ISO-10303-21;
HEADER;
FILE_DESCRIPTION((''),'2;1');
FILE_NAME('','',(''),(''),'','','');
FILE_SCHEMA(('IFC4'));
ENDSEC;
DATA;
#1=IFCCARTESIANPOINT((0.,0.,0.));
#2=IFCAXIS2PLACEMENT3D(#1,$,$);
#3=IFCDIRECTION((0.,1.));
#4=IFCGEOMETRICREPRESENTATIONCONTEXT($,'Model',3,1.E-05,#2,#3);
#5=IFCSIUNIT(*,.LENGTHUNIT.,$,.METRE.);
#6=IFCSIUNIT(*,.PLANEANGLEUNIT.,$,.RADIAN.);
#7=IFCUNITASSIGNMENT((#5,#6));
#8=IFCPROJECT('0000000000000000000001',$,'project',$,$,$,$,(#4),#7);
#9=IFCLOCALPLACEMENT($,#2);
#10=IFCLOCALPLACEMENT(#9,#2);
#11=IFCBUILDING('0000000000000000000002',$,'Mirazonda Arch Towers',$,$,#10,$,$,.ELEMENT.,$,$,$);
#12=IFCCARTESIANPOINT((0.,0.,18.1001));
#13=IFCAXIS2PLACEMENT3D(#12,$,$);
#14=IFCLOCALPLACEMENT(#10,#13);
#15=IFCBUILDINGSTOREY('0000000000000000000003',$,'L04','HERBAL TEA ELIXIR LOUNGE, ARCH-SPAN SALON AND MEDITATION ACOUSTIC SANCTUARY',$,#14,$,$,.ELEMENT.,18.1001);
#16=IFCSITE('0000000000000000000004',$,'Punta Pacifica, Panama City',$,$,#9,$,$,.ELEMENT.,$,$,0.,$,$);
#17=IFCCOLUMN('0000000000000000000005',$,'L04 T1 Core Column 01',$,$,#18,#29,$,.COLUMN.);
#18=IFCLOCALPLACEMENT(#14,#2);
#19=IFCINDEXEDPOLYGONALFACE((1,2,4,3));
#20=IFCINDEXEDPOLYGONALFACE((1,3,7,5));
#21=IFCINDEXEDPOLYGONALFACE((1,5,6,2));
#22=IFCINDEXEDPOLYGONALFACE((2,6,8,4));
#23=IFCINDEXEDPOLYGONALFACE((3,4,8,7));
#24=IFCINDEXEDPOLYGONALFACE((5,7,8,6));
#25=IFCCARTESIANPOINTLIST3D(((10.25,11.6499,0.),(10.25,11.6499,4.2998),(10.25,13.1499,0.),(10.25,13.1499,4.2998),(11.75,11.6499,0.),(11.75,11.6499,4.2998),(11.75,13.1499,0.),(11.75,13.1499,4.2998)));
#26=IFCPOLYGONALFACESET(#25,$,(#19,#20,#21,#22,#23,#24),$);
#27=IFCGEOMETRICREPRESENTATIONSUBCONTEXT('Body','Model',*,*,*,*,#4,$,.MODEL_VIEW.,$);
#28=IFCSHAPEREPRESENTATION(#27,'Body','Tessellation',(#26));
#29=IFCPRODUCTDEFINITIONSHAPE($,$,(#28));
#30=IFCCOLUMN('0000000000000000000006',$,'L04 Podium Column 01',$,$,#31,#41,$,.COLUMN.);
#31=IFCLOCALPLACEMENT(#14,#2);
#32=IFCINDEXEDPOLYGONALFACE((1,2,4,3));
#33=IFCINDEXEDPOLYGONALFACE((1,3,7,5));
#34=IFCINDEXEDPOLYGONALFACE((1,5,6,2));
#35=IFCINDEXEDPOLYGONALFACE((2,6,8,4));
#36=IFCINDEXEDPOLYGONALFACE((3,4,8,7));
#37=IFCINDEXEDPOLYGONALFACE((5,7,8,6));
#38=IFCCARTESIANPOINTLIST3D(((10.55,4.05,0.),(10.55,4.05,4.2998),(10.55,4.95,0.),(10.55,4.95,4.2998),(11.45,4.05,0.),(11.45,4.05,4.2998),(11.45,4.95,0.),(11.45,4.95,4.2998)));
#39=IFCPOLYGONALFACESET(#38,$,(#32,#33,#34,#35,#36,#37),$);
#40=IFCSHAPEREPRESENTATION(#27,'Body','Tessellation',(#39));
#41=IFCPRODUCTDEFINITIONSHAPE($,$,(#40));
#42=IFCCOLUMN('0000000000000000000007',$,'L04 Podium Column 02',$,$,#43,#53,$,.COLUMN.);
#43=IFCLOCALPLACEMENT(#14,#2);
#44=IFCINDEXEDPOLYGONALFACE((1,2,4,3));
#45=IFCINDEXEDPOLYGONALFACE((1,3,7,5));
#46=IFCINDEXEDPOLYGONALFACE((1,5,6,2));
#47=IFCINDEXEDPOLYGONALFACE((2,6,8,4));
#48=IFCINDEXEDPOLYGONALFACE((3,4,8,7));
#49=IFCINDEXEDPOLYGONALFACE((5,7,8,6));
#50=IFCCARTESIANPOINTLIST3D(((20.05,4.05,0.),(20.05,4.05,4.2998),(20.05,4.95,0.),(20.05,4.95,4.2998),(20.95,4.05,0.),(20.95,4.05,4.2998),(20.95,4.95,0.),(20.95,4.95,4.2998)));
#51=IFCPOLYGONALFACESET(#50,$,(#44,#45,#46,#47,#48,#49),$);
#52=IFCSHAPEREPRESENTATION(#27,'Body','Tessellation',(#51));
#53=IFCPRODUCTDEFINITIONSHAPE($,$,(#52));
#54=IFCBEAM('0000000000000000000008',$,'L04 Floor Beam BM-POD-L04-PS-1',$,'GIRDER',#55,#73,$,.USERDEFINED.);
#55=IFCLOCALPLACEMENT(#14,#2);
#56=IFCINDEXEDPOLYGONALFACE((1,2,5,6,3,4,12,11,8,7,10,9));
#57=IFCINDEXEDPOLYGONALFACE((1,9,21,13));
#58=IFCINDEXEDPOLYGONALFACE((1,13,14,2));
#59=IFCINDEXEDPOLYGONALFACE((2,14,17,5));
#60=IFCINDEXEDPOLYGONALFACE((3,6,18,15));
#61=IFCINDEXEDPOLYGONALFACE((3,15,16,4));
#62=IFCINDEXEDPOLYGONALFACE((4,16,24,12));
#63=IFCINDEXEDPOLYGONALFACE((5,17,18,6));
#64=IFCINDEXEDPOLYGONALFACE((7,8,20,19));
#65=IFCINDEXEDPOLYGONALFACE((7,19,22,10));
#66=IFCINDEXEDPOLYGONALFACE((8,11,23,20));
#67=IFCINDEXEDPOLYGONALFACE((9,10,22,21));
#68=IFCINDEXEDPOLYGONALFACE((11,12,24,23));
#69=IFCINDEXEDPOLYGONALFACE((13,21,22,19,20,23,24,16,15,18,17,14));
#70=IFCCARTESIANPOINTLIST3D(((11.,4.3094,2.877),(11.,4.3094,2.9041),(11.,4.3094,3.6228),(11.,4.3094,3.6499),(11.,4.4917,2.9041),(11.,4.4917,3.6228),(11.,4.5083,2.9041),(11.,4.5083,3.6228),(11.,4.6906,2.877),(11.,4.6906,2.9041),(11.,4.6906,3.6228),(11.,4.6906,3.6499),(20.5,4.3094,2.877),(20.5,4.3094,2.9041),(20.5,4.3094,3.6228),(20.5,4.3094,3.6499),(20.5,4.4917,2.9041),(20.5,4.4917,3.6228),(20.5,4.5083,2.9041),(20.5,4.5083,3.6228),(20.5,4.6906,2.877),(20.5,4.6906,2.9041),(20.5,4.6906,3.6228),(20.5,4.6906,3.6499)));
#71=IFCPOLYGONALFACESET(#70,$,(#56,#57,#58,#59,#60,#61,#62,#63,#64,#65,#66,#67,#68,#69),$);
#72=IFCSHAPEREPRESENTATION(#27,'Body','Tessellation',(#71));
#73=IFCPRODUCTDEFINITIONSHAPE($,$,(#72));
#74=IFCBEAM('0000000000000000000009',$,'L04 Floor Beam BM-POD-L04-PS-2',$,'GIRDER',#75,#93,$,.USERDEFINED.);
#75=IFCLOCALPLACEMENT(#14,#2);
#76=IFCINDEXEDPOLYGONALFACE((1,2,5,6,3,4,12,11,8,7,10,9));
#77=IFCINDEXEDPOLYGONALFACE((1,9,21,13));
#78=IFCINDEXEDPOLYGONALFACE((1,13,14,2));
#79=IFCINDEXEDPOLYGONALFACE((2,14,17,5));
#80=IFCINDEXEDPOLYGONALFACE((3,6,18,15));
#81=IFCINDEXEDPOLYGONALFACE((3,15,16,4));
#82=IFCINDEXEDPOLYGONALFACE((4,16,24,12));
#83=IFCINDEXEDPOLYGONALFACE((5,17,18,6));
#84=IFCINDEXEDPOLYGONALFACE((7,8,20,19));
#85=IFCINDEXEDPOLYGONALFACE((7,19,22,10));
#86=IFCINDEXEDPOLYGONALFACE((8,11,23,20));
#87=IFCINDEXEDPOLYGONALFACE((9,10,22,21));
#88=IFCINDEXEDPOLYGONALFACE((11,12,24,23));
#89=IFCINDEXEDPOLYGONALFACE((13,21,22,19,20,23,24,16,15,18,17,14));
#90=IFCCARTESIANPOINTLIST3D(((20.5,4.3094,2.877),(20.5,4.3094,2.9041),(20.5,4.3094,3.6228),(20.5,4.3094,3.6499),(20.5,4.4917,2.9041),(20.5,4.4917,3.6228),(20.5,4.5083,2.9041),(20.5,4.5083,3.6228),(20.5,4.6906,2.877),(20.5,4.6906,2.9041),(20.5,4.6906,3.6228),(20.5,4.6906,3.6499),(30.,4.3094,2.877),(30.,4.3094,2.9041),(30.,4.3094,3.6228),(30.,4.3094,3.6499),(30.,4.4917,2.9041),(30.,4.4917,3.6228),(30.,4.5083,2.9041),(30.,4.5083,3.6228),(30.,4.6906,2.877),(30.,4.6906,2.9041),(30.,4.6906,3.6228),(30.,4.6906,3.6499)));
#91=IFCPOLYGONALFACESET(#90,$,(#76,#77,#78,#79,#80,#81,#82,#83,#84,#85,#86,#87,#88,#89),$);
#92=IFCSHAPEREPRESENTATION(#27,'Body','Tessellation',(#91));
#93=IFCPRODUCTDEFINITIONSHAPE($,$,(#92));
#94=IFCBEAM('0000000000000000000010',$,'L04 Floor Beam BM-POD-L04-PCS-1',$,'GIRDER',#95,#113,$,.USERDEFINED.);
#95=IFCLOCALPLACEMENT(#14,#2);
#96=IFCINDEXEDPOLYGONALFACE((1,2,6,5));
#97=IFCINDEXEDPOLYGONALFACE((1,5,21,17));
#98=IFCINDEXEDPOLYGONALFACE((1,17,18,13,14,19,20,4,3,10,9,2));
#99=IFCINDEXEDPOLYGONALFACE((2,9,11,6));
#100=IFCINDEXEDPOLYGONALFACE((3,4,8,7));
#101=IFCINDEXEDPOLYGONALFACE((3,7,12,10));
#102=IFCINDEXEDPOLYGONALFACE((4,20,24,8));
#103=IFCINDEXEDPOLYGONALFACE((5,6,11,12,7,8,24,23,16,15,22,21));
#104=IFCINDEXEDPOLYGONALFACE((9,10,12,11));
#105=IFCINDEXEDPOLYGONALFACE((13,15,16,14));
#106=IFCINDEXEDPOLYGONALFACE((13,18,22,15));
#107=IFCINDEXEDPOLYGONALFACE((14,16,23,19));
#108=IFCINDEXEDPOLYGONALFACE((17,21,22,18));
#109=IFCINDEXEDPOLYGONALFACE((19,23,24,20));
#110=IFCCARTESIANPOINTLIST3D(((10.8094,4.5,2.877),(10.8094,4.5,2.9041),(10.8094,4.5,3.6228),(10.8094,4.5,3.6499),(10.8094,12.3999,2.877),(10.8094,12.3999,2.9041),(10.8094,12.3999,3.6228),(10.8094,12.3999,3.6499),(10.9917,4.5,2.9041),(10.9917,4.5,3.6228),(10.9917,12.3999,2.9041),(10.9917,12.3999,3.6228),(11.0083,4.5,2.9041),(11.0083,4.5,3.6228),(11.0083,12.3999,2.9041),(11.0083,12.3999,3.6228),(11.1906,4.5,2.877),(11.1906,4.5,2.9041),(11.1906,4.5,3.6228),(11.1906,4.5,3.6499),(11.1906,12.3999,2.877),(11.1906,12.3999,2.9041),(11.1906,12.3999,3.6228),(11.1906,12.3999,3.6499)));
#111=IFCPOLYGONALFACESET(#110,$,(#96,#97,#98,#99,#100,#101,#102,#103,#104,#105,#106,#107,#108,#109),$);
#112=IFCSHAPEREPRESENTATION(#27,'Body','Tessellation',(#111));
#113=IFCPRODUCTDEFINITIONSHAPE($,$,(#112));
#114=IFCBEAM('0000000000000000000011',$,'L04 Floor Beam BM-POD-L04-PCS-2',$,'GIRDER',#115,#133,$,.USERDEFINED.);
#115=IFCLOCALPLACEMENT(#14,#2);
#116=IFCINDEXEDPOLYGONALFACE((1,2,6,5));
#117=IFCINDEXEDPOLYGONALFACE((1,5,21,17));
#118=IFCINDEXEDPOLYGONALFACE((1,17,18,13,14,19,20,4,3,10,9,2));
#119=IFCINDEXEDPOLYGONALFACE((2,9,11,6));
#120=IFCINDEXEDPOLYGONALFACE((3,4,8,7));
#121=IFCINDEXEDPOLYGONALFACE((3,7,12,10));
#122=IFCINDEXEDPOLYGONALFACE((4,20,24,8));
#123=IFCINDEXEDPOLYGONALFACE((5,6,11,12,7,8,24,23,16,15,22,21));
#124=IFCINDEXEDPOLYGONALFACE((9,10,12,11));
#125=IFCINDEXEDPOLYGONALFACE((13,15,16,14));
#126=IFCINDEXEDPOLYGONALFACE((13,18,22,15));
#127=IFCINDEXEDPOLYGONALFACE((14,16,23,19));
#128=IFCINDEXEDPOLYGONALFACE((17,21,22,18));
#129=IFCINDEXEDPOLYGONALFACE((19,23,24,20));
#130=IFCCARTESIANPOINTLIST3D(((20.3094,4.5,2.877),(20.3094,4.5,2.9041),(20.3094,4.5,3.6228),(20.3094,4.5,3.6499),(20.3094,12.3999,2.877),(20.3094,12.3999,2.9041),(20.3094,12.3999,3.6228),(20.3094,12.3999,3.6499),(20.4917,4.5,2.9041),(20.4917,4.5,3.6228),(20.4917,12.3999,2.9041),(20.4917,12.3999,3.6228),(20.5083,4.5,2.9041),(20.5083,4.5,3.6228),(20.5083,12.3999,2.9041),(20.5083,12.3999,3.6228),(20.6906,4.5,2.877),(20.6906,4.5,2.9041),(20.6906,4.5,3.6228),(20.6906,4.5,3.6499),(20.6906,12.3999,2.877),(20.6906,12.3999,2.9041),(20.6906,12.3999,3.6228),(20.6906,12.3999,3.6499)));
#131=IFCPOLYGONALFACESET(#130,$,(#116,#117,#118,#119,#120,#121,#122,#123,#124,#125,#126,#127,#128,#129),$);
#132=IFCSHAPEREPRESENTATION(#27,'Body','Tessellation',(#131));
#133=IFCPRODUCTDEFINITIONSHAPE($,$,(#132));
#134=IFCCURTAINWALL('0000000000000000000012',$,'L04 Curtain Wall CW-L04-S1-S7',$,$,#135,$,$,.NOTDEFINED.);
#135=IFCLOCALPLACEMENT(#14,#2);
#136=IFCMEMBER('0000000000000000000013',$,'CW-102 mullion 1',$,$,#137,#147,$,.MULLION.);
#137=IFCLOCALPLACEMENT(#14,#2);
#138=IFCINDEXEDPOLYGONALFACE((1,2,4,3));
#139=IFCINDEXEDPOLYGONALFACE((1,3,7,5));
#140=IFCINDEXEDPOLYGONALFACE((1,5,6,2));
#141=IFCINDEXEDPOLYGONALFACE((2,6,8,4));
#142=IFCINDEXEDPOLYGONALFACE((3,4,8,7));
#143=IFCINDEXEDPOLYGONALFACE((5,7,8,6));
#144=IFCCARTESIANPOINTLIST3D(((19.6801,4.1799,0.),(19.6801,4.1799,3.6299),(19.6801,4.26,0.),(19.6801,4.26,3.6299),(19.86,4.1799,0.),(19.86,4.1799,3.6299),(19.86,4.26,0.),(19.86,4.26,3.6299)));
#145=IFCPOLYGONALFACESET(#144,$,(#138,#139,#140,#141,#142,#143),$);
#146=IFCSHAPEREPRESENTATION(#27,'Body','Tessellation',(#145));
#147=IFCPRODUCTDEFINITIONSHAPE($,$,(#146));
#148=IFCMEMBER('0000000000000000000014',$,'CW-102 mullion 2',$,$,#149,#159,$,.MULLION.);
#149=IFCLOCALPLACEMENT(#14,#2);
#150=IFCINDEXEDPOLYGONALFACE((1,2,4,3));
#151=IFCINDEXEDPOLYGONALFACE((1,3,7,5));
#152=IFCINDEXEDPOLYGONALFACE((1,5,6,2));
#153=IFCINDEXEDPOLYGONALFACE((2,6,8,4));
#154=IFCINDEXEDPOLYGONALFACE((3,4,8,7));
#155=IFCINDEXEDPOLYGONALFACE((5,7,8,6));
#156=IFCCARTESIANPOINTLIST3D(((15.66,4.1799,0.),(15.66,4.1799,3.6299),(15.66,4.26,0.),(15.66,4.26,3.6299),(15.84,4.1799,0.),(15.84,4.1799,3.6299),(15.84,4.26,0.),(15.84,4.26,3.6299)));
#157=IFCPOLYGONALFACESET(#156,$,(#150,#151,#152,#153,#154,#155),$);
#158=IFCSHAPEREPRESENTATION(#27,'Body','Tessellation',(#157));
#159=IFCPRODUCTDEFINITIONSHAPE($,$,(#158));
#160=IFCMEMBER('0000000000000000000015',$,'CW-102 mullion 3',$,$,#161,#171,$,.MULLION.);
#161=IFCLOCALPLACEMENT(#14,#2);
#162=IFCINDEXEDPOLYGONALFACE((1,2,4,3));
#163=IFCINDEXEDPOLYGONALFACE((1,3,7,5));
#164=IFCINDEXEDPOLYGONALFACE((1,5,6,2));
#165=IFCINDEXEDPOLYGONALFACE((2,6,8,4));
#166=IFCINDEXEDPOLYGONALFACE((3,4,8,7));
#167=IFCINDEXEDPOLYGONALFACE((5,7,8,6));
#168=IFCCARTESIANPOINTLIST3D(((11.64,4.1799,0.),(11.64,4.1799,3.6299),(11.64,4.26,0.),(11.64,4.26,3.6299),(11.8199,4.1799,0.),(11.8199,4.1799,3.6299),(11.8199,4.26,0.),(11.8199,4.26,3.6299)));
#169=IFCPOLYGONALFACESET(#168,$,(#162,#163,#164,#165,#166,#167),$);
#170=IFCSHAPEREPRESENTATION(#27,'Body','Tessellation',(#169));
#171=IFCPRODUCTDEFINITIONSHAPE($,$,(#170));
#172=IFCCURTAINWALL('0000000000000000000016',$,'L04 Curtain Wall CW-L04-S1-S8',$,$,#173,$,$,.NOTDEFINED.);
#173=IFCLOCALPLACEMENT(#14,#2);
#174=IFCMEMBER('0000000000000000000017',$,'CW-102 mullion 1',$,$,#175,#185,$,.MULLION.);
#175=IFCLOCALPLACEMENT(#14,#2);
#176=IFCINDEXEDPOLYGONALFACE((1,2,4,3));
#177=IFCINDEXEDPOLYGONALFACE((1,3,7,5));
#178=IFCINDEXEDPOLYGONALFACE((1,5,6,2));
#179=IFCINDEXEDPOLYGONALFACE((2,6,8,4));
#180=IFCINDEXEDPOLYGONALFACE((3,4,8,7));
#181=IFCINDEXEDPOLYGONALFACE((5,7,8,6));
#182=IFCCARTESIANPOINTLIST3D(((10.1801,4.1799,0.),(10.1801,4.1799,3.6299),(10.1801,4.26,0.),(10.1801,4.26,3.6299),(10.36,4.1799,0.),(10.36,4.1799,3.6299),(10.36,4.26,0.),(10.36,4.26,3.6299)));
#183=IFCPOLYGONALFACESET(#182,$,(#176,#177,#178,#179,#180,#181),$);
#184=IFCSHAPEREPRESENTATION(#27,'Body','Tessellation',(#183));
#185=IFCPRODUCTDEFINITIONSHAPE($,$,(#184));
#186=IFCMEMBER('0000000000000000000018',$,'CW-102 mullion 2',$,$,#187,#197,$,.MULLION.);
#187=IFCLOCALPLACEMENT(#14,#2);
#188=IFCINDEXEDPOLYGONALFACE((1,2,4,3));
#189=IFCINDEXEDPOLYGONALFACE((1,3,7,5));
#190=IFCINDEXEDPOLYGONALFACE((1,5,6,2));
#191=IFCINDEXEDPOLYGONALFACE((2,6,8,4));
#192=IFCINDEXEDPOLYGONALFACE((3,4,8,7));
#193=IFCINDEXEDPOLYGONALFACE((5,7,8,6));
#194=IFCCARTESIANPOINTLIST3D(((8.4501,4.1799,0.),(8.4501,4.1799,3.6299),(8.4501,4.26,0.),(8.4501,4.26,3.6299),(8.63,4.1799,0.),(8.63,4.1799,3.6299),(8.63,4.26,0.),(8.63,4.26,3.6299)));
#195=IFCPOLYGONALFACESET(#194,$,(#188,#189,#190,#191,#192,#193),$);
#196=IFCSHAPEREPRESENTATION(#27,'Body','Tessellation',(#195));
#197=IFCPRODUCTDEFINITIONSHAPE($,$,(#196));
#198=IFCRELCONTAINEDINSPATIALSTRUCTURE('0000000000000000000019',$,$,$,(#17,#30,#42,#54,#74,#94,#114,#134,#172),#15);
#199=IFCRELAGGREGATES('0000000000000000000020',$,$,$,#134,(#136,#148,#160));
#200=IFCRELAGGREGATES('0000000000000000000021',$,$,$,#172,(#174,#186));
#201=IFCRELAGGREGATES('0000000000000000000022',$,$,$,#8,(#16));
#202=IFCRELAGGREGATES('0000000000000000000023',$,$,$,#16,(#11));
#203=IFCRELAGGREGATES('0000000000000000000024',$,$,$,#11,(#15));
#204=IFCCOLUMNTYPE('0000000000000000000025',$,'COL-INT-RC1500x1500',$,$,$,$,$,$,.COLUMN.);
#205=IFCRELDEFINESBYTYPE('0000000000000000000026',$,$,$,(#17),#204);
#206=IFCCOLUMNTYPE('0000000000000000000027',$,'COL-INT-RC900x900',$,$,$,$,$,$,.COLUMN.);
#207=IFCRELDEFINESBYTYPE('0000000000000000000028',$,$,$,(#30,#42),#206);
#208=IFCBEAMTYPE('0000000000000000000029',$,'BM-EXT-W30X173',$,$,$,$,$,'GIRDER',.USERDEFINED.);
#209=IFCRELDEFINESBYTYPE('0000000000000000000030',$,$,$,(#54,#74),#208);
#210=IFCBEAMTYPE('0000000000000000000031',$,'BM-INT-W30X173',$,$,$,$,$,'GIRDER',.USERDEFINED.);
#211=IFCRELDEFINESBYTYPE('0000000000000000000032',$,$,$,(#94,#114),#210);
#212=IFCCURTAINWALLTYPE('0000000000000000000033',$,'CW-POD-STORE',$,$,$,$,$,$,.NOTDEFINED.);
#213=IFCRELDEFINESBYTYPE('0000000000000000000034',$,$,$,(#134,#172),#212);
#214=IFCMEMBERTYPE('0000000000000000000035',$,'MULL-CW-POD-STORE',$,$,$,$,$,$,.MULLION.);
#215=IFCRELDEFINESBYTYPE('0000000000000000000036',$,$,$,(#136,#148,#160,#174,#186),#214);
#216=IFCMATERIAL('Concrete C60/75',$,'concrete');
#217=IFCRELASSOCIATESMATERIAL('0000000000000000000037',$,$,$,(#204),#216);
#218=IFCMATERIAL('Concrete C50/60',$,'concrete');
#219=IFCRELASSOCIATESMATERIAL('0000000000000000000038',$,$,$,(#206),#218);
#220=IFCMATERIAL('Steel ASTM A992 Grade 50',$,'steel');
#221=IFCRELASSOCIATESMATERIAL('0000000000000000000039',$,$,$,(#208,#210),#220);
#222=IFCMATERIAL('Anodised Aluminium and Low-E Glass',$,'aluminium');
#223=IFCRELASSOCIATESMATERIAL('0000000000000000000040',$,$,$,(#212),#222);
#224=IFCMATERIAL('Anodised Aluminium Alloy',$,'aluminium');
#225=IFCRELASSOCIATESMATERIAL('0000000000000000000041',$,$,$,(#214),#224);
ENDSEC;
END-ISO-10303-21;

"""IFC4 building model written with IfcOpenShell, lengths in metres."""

from ifc_helpers import new_model, si_unit, direction, frame, origin, origin_2d, place, context, subcontext, project, spatial, rectangle, i_section, extrude, material, material_profile, profile_set, type_object, element, aggregate, save


model = new_model("IFC4")

# Units and contexts
model_context = context("Model", 3, precision=1e-05, world=origin(), true_north=direction((0.0, 1.0)))
body_context = subcontext(model_context, "Body", "Model", "MODEL_VIEW")
ifc_project = project(units=[si_unit("LENGTHUNIT", "METRE"), si_unit("PLANEANGLEUNIT", "RADIAN")], contexts=[model_context])

# Site, building, storey
site_placement = place(None, origin())
site = spatial("IfcSite", under=ifc_project, at=site_placement, Name="Punta Pacifica, Panama City", CompositionType="ELEMENT", RefElevation=0.0)
building_placement = place(site_placement, origin())
building = spatial("IfcBuilding", under=site, at=building_placement, Name="Mirazonda Arch Towers", CompositionType="ELEMENT")
storey_placement = place(building_placement, frame((0.0, 0.0, 18.1001)))
storey = spatial("IfcBuildingStorey", under=building, at=storey_placement, Name="L04", Description="HERBAL TEA ELIXIR LOUNGE, ARCH-SPAN SALON AND MEDITATION ACOUSTIC SANCTUARY", CompositionType="ELEMENT", Elevation=18.1001)

# Columns
ifc_material_1 = material(Name="Concrete C60/75", Category="concrete")
ifc_material_profile_1 = material_profile(ifc_material_1, rectangle(XDim=1.5, YDim=1.5, at=origin_2d()), Name="RC1500x1500")
ifc_profile_set_1 = profile_set([ifc_material_profile_1], Name="Concrete C60/75")
column_type_1 = type_object("IfcColumnType", Name="COL-INT-RC1500x1500", PredefinedType="COLUMN", material=ifc_profile_set_1)
column_placement = place(storey_placement, frame((11.0, 12.3999, 0.0), z_axis=(0.0, 0.0, 1.0), x_axis=(1.0, 0.0, 0.0)))
element("IfcColumn", 1, at=column_placement, inside=storey, type_object=column_type_1, Name="L04 T1 Core Column 01", PredefinedType="COLUMN", context=body_context, shape_type="SweptSolid", body=[
    extrude(rectangle(XDim=1.5, YDim=1.5, at=origin_2d()), origin(), (0.0, 0.0, 1.0), 4.2998),
])
ifc_material_2 = material(Name="Concrete C50/60", Category="concrete")
ifc_material_profile_2 = material_profile(ifc_material_2, rectangle(XDim=0.8999, YDim=0.8999, at=origin_2d()), Name="RC900x900")
ifc_profile_set_2 = profile_set([ifc_material_profile_2], Name="Concrete C50/60")
column_type_2 = type_object("IfcColumnType", Name="COL-INT-RC900x900", PredefinedType="COLUMN", material=ifc_profile_set_2)
for number, where, z_axis, x_axis, name in (
    (2, (11.0, 4.5, 0.0), (0.0, 0.0, 1.0), (1.0, 0.0, 0.0), "L04 Podium Column 01"),
    (3, (20.5, 4.5, 0.0), (0.0, 0.0, 1.0), (1.0, 0.0, 0.0), "L04 Podium Column 02"),
):
    element("IfcColumn", number, at=place(storey_placement, frame(where, z_axis=z_axis, x_axis=x_axis)), inside=storey, type_object=column_type_2, Name=name, PredefinedType="COLUMN", context=body_context, shape_type="SweptSolid", body=[
        extrude(rectangle(XDim=0.8999, YDim=0.8999, at=origin_2d()), origin(), (0.0, 0.0, 1.0), 4.2998),
    ])

# Beams
ifc_material_3 = material(Name="Steel ASTM A992 Grade 50", Category="steel")
ifc_material_profile_3 = material_profile(ifc_material_3, i_section(OverallWidth=0.3811, OverallDepth=0.7729, WebThickness=0.0166, FlangeThickness=0.0271, at=origin_2d()), Name="W30X173")
ifc_profile_set_3 = profile_set([ifc_material_profile_3], Name="Steel ASTM A992 Grade 50")
beam_type_1 = type_object("IfcBeamType", Name="BM-EXT-W30X173", ElementType="GIRDER", PredefinedType="USERDEFINED", material=ifc_profile_set_3)
for number, where, z_axis, x_axis, name in (
    (4, (11.0, 4.5, 3.2634), (1.0, 0.0, 0.0), (0.0, 1.0, 0.0), "L04 Floor Beam BM-POD-L04-PS-1"),
    (5, (20.5, 4.5, 3.2634), (1.0, 0.0, 0.0), (0.0, 1.0, 0.0), "L04 Floor Beam BM-POD-L04-PS-2"),
):
    element("IfcBeam", number, at=place(storey_placement, frame(where, z_axis=z_axis, x_axis=x_axis)), inside=storey, type_object=beam_type_1, Name=name, ObjectType="GIRDER", PredefinedType="USERDEFINED", context=body_context, shape_type="SweptSolid", body=[
        extrude(i_section(OverallWidth=0.3811, OverallDepth=0.7729, WebThickness=0.0166, FlangeThickness=0.0271, at=origin_2d()), origin(), (0.0, 0.0, 1.0), 9.5),
    ])
ifc_material_profile_4 = material_profile(ifc_material_3, i_section(OverallWidth=0.3811, OverallDepth=0.7729, WebThickness=0.0166, FlangeThickness=0.0271, at=origin_2d()), Name="W30X173")
ifc_profile_set_4 = profile_set([ifc_material_profile_4], Name="Steel ASTM A992 Grade 50")
beam_type_2 = type_object("IfcBeamType", Name="BM-INT-W30X173", ElementType="GIRDER", PredefinedType="USERDEFINED", material=ifc_profile_set_4)
for number, where, z_axis, x_axis, name in (
    (6, (11.0, 4.5, 3.2634), (0.0, 1.0, 0.0), (-1.0, 0.0, 0.0), "L04 Floor Beam BM-POD-L04-PCS-1"),
    (7, (20.5, 4.5, 3.2634), (0.0, 1.0, 0.0), (-1.0, 0.0, 0.0), "L04 Floor Beam BM-POD-L04-PCS-2"),
):
    element("IfcBeam", number, at=place(storey_placement, frame(where, z_axis=z_axis, x_axis=x_axis)), inside=storey, type_object=beam_type_2, Name=name, ObjectType="GIRDER", PredefinedType="USERDEFINED", context=body_context, shape_type="SweptSolid", body=[
        extrude(i_section(OverallWidth=0.3811, OverallDepth=0.7729, WebThickness=0.0166, FlangeThickness=0.0271, at=origin_2d()), origin(), (0.0, 0.0, 1.0), 7.8999),
    ])

# Curtain walls, members
ifc_material_4 = material(Name="Anodised Aluminium and Low-E Glass", Category="aluminium")
curtain_wall_type = type_object("IfcCurtainWallType", Name="CW-POD-STORE", PredefinedType="NOTDEFINED", material=ifc_material_4)
curtain_wall_1_placement = place(storey_placement, origin())
curtain_wall_1 = element("IfcCurtainWall", 8, at=curtain_wall_1_placement, inside=storey, type_object=curtain_wall_type, Name="L04 Curtain Wall CW-L04-S1-S7", PredefinedType="NOTDEFINED")
ifc_material_5 = material(Name="Anodised Aluminium Alloy", Category="aluminium")
ifc_material_profile_5 = material_profile(ifc_material_5, rectangle(XDim=0.0801, YDim=0.1799, at=origin_2d()), Name="ALU-MULL-80x180")
ifc_profile_set_5 = profile_set([ifc_material_profile_5], Name="Anodised Aluminium Alloy")
member_type_1 = type_object("IfcMemberType", Name="MULL-CW-POD-STORE", PredefinedType="MULLION", material=ifc_profile_set_5)
member_1_placement = place(storey_placement, frame((19.77, 4.22, 0.0), z_axis=(0.0, 0.0, 1.0), x_axis=(0.0, -1.0, 0.0)))
member_1 = element("IfcMember", 9, at=member_1_placement, type_object=member_type_1, Name="CW-102 mullion 1", PredefinedType="MULLION", context=body_context, shape_type="SweptSolid", body=[
    extrude(rectangle(XDim=0.0801, YDim=0.1799, at=origin_2d()), origin(), (0.0, 0.0, 1.0), 3.6299),
])
member_2_placement = place(storey_placement, frame((15.75, 4.22, 0.0), z_axis=(0.0, 0.0, 1.0), x_axis=(0.0, -1.0, 0.0)))
member_2 = element("IfcMember", 10, at=member_2_placement, type_object=member_type_1, Name="CW-102 mullion 2", PredefinedType="MULLION", context=body_context, shape_type="SweptSolid", body=[
    extrude(rectangle(XDim=0.0801, YDim=0.1799, at=origin_2d()), origin(), (0.0, 0.0, 1.0), 3.6299),
])
member_3_placement = place(storey_placement, frame((11.73, 4.22, 0.0), z_axis=(0.0, 0.0, 1.0), x_axis=(0.0, -1.0, 0.0)))
member_3 = element("IfcMember", 11, at=member_3_placement, type_object=member_type_1, Name="CW-102 mullion 3", PredefinedType="MULLION", context=body_context, shape_type="SweptSolid", body=[
    extrude(rectangle(XDim=0.0801, YDim=0.1799, at=origin_2d()), origin(), (0.0, 0.0, 1.0), 3.6299),
])
curtain_wall_2_placement = place(storey_placement, origin())
curtain_wall_2 = element("IfcCurtainWall", 12, at=curtain_wall_2_placement, inside=storey, type_object=curtain_wall_type, Name="L04 Curtain Wall CW-L04-S1-S8", PredefinedType="NOTDEFINED")
member_4_placement = place(storey_placement, frame((10.27, 4.22, 0.0), z_axis=(0.0, 0.0, 1.0), x_axis=(0.0, -1.0, 0.0)))
member_4 = element("IfcMember", 13, at=member_4_placement, type_object=member_type_1, Name="CW-102 mullion 1", PredefinedType="MULLION", context=body_context, shape_type="SweptSolid", body=[
    extrude(rectangle(XDim=0.0801, YDim=0.1799, at=origin_2d()), origin(), (0.0, 0.0, 1.0), 3.6299),
])
member_5_placement = place(storey_placement, frame((8.54, 4.22, 0.0), z_axis=(0.0, 0.0, 1.0), x_axis=(0.0, -1.0, 0.0)))
member_5 = element("IfcMember", 14, at=member_5_placement, type_object=member_type_1, Name="CW-102 mullion 2", PredefinedType="MULLION", context=body_context, shape_type="SweptSolid", body=[
    extrude(rectangle(XDim=0.0801, YDim=0.1799, at=origin_2d()), origin(), (0.0, 0.0, 1.0), 3.6299),
])

aggregate(curtain_wall_1, [member_1, member_2, member_3])
aggregate(curtain_wall_2, [member_4, member_5])

save(model, "model.ifc")
